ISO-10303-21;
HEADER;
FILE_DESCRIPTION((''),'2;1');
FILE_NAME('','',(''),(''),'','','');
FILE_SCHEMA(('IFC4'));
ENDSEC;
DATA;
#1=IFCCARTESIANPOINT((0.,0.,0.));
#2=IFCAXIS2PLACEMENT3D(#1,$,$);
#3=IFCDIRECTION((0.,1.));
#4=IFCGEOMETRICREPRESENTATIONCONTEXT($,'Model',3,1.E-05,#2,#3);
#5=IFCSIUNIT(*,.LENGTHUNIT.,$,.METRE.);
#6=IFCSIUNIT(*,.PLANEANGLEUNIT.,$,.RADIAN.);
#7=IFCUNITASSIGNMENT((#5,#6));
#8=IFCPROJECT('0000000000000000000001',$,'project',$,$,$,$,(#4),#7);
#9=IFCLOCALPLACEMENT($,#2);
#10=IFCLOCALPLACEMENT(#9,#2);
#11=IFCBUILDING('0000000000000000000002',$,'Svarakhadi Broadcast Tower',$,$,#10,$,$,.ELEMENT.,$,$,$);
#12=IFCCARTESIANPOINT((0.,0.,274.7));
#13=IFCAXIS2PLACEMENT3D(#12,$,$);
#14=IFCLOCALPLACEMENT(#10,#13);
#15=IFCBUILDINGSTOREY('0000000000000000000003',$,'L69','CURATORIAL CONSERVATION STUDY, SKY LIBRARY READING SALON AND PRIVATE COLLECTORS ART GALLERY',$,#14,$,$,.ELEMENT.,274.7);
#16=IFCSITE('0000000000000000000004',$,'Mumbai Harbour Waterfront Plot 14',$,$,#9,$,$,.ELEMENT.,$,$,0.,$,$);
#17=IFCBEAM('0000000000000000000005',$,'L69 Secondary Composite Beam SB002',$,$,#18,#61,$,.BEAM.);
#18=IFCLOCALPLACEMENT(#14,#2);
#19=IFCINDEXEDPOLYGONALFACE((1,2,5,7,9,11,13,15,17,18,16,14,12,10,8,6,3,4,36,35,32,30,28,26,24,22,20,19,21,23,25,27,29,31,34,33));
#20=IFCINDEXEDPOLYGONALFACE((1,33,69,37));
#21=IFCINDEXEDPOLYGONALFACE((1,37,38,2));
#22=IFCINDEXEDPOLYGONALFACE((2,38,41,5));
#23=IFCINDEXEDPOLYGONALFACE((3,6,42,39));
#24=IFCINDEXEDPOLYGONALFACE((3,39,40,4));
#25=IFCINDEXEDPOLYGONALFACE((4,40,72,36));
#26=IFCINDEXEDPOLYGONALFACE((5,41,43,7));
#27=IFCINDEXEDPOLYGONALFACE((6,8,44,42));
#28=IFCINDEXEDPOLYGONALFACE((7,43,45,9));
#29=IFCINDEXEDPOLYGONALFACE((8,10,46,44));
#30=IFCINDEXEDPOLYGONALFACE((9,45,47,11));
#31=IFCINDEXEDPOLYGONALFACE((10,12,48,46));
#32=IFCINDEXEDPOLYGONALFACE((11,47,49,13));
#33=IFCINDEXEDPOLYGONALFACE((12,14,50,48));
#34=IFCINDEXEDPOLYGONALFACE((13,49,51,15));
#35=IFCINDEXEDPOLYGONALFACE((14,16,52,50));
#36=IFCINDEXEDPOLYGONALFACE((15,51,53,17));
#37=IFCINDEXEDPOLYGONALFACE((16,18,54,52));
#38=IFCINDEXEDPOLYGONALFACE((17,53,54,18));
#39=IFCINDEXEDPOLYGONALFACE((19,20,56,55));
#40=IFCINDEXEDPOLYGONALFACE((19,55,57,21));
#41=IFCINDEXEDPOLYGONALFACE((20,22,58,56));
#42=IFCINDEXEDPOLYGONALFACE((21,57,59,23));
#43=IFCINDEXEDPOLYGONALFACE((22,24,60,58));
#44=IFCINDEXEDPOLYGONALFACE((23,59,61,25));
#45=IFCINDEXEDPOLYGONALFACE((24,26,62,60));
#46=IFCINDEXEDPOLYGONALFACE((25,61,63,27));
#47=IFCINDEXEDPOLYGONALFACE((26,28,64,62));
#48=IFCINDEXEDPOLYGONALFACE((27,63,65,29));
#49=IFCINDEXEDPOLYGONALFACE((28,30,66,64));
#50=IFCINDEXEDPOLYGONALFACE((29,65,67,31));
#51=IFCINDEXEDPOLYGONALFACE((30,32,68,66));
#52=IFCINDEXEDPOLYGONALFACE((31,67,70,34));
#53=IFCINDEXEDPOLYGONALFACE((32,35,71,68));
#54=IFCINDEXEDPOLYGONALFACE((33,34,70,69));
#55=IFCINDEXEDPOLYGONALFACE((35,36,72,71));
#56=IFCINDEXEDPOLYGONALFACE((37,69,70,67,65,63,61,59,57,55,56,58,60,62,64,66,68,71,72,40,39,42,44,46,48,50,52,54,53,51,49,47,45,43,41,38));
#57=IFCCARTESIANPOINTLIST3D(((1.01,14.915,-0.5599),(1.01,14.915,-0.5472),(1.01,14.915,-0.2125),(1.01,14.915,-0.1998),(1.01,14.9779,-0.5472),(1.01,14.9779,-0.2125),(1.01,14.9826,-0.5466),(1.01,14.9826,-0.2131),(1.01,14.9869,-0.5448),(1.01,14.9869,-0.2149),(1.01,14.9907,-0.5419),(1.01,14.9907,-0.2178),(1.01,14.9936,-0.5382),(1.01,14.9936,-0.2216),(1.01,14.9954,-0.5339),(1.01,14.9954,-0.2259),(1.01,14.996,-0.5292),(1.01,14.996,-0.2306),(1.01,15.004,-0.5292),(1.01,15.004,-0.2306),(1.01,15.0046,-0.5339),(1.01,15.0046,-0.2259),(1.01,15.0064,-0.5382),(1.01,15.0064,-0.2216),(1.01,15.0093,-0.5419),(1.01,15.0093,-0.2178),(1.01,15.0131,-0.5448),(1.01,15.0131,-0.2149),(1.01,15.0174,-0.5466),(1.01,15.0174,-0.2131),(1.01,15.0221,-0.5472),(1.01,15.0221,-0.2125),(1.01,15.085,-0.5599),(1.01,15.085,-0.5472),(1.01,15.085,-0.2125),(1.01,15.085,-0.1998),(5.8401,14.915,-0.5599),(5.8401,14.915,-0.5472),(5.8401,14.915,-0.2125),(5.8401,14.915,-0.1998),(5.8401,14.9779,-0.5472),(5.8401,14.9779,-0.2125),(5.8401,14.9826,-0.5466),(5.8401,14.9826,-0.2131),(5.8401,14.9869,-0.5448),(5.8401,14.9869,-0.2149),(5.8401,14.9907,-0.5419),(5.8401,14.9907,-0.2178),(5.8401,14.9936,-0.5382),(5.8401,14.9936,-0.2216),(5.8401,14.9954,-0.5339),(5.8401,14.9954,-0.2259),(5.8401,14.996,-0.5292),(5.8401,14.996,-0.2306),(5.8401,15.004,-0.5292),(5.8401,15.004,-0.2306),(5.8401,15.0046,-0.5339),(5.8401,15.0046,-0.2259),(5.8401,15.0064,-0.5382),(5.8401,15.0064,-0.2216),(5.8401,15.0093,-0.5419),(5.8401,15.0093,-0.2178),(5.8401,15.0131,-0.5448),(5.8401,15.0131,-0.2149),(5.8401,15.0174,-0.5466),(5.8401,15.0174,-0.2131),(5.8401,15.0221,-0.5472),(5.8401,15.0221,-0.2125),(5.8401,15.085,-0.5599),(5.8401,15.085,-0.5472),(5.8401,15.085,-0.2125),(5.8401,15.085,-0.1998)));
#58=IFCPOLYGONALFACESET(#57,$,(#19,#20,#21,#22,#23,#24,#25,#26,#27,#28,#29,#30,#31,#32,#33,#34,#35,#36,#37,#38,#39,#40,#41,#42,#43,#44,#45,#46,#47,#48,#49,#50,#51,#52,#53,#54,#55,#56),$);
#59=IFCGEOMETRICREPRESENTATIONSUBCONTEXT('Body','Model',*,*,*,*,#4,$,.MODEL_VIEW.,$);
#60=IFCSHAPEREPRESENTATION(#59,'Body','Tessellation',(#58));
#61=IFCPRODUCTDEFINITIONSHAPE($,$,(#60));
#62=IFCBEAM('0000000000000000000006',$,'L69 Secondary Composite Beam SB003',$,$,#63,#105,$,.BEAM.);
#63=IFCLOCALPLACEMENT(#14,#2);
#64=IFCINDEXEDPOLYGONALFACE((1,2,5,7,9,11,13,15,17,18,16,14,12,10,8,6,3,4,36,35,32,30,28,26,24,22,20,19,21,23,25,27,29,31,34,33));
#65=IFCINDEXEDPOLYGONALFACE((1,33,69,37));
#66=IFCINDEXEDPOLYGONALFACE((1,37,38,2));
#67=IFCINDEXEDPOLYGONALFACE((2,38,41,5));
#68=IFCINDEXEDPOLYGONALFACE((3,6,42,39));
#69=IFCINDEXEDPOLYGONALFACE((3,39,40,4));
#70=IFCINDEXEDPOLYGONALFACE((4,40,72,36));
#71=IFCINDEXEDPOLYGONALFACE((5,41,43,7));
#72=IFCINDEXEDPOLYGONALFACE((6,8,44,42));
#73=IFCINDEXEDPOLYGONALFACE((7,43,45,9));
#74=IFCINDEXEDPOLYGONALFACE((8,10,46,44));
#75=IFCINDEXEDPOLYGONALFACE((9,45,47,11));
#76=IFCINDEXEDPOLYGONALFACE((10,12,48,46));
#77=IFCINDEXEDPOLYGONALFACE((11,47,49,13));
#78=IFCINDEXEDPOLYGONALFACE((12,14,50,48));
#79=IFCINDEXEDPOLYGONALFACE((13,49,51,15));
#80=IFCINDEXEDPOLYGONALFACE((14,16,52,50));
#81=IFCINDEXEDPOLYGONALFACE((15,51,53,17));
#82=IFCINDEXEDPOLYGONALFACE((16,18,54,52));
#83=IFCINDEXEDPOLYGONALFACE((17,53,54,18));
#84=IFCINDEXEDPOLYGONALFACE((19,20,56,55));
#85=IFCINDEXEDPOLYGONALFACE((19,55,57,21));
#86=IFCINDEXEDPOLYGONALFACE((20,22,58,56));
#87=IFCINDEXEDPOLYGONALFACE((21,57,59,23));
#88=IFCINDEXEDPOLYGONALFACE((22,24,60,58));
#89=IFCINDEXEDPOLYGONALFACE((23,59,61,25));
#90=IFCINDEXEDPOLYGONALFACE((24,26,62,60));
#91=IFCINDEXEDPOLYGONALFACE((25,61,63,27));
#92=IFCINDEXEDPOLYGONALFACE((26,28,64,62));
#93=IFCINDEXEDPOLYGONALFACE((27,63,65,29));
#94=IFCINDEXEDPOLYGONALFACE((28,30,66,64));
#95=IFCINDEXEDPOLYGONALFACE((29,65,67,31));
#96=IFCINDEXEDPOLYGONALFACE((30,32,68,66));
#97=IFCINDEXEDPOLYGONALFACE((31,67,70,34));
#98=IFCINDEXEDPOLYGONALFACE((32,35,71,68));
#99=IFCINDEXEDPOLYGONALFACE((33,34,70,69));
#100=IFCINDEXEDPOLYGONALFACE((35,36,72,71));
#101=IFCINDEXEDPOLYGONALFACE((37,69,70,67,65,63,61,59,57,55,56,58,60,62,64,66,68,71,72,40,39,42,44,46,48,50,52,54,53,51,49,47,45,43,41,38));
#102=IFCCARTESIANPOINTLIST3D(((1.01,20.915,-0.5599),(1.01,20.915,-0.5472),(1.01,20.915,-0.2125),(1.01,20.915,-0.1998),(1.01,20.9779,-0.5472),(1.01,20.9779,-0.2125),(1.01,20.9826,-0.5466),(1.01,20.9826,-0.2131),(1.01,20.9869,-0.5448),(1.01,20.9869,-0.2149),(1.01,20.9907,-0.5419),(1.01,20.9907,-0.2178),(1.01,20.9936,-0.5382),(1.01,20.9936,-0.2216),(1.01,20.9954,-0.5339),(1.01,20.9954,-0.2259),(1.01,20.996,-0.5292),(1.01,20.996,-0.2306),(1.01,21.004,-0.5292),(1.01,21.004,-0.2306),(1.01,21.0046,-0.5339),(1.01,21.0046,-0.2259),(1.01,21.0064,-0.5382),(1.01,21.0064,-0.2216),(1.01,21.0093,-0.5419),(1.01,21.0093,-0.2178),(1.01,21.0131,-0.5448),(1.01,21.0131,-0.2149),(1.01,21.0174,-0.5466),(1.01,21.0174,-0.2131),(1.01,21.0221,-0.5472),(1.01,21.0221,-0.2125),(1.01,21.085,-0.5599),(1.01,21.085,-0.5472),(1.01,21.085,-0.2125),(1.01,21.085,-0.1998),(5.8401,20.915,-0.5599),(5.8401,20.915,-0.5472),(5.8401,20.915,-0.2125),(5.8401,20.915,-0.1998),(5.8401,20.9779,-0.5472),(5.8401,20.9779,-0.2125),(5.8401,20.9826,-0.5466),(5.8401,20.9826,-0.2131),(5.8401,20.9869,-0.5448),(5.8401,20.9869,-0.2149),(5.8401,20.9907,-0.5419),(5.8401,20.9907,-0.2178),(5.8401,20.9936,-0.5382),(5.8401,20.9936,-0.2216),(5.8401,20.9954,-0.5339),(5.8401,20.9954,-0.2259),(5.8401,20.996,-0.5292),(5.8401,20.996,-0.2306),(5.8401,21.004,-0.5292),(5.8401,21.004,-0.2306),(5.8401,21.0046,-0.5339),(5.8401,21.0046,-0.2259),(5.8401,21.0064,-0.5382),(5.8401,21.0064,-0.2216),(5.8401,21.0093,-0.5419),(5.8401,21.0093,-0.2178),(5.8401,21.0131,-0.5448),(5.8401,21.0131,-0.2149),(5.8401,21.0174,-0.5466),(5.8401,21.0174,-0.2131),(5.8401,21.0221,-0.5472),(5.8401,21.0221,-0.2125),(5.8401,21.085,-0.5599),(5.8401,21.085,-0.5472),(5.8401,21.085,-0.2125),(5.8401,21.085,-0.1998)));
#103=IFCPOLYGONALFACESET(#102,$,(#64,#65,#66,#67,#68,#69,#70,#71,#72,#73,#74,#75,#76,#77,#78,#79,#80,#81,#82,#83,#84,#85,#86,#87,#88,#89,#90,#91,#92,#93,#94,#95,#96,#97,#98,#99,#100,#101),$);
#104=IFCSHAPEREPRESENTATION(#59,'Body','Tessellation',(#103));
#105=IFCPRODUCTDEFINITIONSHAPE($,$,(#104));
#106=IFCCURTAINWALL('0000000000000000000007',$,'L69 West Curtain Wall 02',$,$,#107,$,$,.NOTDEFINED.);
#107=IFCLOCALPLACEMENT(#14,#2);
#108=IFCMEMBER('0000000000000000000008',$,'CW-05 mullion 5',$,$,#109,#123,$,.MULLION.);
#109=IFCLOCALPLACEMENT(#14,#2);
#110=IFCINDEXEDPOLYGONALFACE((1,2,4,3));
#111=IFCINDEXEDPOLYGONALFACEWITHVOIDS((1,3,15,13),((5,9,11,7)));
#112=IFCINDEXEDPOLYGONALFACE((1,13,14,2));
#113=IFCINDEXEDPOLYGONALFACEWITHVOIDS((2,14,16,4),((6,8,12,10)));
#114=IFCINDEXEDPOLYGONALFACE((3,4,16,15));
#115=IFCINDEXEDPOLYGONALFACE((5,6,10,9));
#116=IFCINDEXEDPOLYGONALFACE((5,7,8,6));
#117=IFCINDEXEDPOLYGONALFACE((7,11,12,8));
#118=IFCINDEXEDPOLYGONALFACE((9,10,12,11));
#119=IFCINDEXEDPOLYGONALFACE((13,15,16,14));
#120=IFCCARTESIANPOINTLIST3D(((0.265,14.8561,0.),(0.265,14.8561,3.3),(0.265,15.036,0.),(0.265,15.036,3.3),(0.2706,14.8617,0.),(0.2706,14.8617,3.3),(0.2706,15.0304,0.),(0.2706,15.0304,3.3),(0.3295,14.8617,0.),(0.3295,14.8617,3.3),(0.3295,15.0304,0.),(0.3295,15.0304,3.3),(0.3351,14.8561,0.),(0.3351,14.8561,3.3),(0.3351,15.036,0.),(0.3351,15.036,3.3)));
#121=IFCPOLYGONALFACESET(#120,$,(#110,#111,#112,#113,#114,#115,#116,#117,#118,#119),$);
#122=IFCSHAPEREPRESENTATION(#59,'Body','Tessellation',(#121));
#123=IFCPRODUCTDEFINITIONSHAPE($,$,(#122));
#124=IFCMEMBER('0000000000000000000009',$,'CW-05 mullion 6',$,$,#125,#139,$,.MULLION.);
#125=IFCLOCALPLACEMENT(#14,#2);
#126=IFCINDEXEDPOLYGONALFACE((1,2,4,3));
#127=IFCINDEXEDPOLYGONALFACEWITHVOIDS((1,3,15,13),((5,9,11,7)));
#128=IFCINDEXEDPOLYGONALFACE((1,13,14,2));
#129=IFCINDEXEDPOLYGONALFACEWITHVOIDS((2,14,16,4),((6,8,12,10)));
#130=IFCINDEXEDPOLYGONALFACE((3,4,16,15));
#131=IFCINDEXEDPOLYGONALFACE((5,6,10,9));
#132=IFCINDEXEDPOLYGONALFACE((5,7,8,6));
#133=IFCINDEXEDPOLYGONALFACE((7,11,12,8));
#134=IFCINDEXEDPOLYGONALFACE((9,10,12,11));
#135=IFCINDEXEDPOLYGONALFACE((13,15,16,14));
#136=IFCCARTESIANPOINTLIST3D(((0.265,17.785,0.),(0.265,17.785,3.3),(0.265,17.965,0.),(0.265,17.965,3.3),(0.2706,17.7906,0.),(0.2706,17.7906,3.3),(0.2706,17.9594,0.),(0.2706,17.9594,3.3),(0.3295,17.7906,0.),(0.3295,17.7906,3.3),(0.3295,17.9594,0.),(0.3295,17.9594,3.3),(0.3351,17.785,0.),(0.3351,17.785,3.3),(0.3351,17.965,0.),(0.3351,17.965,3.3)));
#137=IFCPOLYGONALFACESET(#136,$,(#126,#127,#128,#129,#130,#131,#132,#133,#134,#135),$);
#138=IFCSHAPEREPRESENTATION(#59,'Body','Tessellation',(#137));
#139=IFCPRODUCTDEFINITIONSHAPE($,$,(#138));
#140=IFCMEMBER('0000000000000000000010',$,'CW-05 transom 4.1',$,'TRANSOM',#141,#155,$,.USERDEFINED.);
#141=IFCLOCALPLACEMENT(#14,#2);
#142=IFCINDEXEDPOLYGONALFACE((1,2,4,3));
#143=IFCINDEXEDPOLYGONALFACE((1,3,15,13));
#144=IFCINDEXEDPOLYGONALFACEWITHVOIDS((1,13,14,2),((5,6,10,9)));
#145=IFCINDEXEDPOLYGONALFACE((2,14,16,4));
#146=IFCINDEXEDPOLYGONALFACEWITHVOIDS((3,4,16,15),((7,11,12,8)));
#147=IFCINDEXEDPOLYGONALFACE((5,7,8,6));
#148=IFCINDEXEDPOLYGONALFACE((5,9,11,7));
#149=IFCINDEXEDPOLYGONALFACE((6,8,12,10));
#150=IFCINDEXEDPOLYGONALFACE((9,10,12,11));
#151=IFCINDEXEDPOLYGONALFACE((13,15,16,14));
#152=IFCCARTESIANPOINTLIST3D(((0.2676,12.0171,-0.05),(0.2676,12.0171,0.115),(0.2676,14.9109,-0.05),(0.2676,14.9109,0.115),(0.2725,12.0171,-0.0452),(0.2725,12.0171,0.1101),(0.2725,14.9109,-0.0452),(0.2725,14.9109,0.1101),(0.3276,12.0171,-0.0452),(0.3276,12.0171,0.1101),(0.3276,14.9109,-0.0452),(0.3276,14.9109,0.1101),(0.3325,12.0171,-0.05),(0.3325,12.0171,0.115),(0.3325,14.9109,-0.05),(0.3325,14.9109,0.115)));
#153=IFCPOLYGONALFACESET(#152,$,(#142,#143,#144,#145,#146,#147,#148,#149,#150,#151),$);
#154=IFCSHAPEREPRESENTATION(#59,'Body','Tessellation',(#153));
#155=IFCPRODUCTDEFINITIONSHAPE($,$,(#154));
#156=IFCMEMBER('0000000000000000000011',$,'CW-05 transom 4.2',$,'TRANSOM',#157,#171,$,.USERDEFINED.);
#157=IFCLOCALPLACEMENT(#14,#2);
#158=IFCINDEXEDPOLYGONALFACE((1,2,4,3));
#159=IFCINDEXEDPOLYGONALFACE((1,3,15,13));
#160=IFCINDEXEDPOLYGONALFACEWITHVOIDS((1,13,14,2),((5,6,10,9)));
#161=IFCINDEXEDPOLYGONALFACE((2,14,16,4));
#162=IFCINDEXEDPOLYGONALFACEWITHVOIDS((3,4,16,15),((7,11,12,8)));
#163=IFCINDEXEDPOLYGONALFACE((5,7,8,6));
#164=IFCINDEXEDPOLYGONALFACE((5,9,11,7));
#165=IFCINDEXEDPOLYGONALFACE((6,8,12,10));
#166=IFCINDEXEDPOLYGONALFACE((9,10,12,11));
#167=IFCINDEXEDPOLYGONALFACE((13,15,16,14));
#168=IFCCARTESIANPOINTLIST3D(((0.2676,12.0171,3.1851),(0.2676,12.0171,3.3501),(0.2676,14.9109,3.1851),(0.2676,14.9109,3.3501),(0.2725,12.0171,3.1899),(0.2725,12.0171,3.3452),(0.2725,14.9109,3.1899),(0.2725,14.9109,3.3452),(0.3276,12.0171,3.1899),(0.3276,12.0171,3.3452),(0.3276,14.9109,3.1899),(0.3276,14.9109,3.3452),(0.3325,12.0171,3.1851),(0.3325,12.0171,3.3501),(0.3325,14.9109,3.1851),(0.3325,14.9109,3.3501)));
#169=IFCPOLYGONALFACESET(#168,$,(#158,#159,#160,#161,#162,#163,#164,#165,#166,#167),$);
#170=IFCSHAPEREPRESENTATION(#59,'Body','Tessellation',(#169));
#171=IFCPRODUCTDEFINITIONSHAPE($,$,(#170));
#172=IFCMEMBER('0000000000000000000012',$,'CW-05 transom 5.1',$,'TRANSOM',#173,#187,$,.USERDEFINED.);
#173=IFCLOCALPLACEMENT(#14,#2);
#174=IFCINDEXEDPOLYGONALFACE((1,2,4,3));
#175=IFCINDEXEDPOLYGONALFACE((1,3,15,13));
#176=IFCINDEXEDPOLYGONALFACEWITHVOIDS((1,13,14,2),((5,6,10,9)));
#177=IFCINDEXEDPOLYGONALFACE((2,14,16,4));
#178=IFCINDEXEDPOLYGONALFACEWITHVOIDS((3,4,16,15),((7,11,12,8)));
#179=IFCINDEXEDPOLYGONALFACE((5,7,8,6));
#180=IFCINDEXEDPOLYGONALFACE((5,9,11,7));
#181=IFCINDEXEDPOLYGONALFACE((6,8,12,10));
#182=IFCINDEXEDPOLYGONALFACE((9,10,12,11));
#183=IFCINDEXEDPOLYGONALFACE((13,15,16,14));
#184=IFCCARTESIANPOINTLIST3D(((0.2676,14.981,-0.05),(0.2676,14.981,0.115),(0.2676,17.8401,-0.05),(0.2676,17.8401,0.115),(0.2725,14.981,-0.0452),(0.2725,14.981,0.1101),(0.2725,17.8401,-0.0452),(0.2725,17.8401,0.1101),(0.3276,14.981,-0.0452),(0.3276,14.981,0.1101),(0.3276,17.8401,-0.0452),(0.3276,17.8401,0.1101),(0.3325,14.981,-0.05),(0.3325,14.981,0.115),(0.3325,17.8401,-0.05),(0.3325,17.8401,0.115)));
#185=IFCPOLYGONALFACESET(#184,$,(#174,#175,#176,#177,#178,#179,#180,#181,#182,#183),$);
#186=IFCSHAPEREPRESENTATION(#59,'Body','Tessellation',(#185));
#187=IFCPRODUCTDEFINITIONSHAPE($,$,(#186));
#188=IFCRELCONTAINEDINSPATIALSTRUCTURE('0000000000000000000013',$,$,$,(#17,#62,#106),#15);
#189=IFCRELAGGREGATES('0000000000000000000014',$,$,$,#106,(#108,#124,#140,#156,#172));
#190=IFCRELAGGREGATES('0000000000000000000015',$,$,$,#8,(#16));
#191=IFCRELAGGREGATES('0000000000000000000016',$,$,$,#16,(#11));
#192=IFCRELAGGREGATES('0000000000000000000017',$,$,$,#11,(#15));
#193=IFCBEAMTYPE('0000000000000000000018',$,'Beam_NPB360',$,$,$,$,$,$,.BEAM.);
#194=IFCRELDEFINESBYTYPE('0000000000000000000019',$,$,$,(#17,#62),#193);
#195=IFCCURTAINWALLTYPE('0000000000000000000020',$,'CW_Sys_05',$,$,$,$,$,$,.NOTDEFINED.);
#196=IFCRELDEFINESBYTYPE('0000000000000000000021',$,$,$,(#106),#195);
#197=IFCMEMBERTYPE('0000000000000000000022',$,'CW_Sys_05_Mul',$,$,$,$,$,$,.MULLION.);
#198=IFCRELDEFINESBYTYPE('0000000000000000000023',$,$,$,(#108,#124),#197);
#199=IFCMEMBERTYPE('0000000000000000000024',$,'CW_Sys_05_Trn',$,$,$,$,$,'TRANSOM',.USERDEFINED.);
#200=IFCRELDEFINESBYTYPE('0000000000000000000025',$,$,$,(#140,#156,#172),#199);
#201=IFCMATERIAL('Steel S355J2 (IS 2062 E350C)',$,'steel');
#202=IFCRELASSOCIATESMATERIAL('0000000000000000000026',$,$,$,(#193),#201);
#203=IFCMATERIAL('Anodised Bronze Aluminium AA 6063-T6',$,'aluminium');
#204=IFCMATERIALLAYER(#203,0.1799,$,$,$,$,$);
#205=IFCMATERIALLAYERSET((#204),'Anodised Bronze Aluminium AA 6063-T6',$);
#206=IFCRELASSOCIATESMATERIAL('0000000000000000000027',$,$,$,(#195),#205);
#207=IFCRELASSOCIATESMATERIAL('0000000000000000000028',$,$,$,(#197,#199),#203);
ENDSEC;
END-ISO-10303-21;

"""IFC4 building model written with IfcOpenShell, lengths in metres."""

from ifc_helpers import new_model, si_unit, direction, frame, origin, origin_2d, place, context, subcontext, project, spatial, hollow_rectangle, i_section, extrude, material, layer, layer_set, material_profile, profile_set, type_object, element, aggregate, save


model = new_model("IFC4")

# Units and contexts
model_context = context("Model", 3, precision=1e-05, world=origin(), true_north=direction((0.0, 1.0)))
body_context = subcontext(model_context, "Body", "Model", "MODEL_VIEW")
ifc_project = project(units=[si_unit("LENGTHUNIT", "METRE"), si_unit("PLANEANGLEUNIT", "RADIAN")], contexts=[model_context])

# Site, building, storey
site_placement = place(None, origin())
site = spatial("IfcSite", under=ifc_project, at=site_placement, Name="Mumbai Harbour Waterfront Plot 14", CompositionType="ELEMENT", RefElevation=0.0)
building_placement = place(site_placement, origin())
building = spatial("IfcBuilding", under=site, at=building_placement, Name="Svarakhadi Broadcast Tower", CompositionType="ELEMENT")
storey_placement = place(building_placement, frame((0.0, 0.0, 274.7)))
storey = spatial("IfcBuildingStorey", under=building, at=storey_placement, Name="L69", Description="CURATORIAL CONSERVATION STUDY, SKY LIBRARY READING SALON AND PRIVATE COLLECTORS ART GALLERY", CompositionType="ELEMENT", Elevation=274.7)

# Beams
ifc_material_1 = material(Name="Steel S355J2 (IS 2062 E350C)", Category="steel")
ifc_material_profile_1 = material_profile(ifc_material_1, i_section(OverallWidth=0.1699, OverallDepth=0.3601, WebThickness=0.0081, FlangeThickness=0.0127, FilletRadius=0.0181, at=origin_2d()), Name="NPB 360x170x57")
ifc_profile_set_1 = profile_set([ifc_material_profile_1], Name="Steel S355J2 (IS 2062 E350C)")
beam_type_1 = type_object("IfcBeamType", Name="Beam_NPB360", PredefinedType="BEAM", material=ifc_profile_set_1)
for number, where, z_axis, x_axis, name in (
    (1, (1.01, 15.0, -0.3799), (1.0, 0.0, 0.0), (0.0, 1.0, 0.0), "L69 Secondary Composite Beam SB002"),
    (2, (1.01, 21.0, -0.3799), (1.0, 0.0, 0.0), (0.0, 1.0, 0.0), "L69 Secondary Composite Beam SB003"),
):
    element("IfcBeam", number, at=place(storey_placement, frame(where, z_axis=z_axis, x_axis=x_axis)), inside=storey, type_object=beam_type_1, Name=name, PredefinedType="BEAM", context=body_context, shape_type="SweptSolid", body=[
        extrude(i_section(OverallWidth=0.1699, OverallDepth=0.3601, WebThickness=0.0081, FlangeThickness=0.0127, FilletRadius=0.0181, at=origin_2d()), origin(), (0.0, 0.0, 1.0), 4.8301),
    ])

# Curtain wall, members
ifc_material_2 = material(Name="Anodised Bronze Aluminium AA 6063-T6", Category="aluminium")
ifc_layer_1 = layer(ifc_material_2, 0.1799)
ifc_layer_set_1 = layer_set([ifc_layer_1], Name="Anodised Bronze Aluminium AA 6063-T6")
curtain_wall_type = type_object("IfcCurtainWallType", Name="CW_Sys_05", PredefinedType="NOTDEFINED", material=ifc_layer_set_1)
curtain_wall_placement = place(storey_placement, origin())
curtain_wall = element("IfcCurtainWall", 3, at=curtain_wall_placement, inside=storey, type_object=curtain_wall_type, Name="L69 West Curtain Wall 02", PredefinedType="NOTDEFINED")
ifc_material_profile_2 = material_profile(ifc_material_2, hollow_rectangle(XDim=0.0701, YDim=0.1799, WallThickness=0.0056, at=origin_2d()), Name="ALU MULLION 180x70x6")
ifc_profile_set_2 = profile_set([ifc_material_profile_2], Name="Anodised Bronze Aluminium AA 6063-T6")
member_type_1 = type_object("IfcMemberType", Name="CW_Sys_05_Mul", PredefinedType="MULLION", material=ifc_profile_set_2)
member_1_placement = place(storey_placement, frame((0.3, 14.946, 0.0), z_axis=(0.0, 0.0, 1.0), x_axis=(-1.0, 0.0, 0.0)))
member_1 = element("IfcMember", 4, at=member_1_placement, type_object=member_type_1, Name="CW-05 mullion 5", PredefinedType="MULLION", context=body_context, shape_type="SweptSolid", body=[
    extrude(hollow_rectangle(XDim=0.0701, YDim=0.1799, WallThickness=0.0056, at=origin_2d()), origin(), (0.0, 0.0, 1.0), 3.3),
])
member_2_placement = place(storey_placement, frame((0.3, 17.875, 0.0), z_axis=(0.0, 0.0, 1.0), x_axis=(-1.0, 0.0, 0.0)))
member_2 = element("IfcMember", 5, at=member_2_placement, type_object=member_type_1, Name="CW-05 mullion 6", PredefinedType="MULLION", context=body_context, shape_type="SweptSolid", body=[
    extrude(hollow_rectangle(XDim=0.0701, YDim=0.1799, WallThickness=0.0056, at=origin_2d()), origin(), (0.0, 0.0, 1.0), 3.3),
])
ifc_material_profile_3 = material_profile(ifc_material_2, hollow_rectangle(XDim=0.0649, YDim=0.165, WallThickness=0.0049, at=origin_2d()), Name="ALU TRANSOM 165x65x5")
ifc_profile_set_3 = profile_set([ifc_material_profile_3], Name="Anodised Bronze Aluminium AA 6063-T6")
member_type_2 = type_object("IfcMemberType", Name="CW_Sys_05_Trn", ElementType="TRANSOM", PredefinedType="USERDEFINED", material=ifc_profile_set_3)
member_3_placement = place(storey_placement, frame((0.3, 12.0171, 0.0325), z_axis=(0.0, 1.0, 0.0), x_axis=(-1.0, 0.0, 0.0)))
member_3 = element("IfcMember", 6, at=member_3_placement, type_object=member_type_2, Name="CW-05 transom 4.1", ObjectType="TRANSOM", PredefinedType="USERDEFINED", context=body_context, shape_type="SweptSolid", body=[
    extrude(hollow_rectangle(XDim=0.0649, YDim=0.165, WallThickness=0.0049, at=origin_2d()), origin(), (0.0, 0.0, 1.0), 2.8938),
])
member_4_placement = place(storey_placement, frame((0.3, 12.0171, 3.2676), z_axis=(0.0, 1.0, 0.0), x_axis=(-1.0, 0.0, 0.0)))
member_4 = element("IfcMember", 7, at=member_4_placement, type_object=member_type_2, Name="CW-05 transom 4.2", ObjectType="TRANSOM", PredefinedType="USERDEFINED", context=body_context, shape_type="SweptSolid", body=[
    extrude(hollow_rectangle(XDim=0.0649, YDim=0.165, WallThickness=0.0049, at=origin_2d()), origin(), (0.0, 0.0, 1.0), 2.8938),
])
member_5_placement = place(storey_placement, frame((0.3, 14.981, 0.0325), z_axis=(0.0, 1.0, 0.0), x_axis=(-1.0, 0.0, 0.0)))
member_5 = element("IfcMember", 8, at=member_5_placement, type_object=member_type_2, Name="CW-05 transom 5.1", ObjectType="TRANSOM", PredefinedType="USERDEFINED", context=body_context, shape_type="SweptSolid", body=[
    extrude(hollow_rectangle(XDim=0.0649, YDim=0.165, WallThickness=0.0049, at=origin_2d()), origin(), (0.0, 0.0, 1.0), 2.8591),
])

aggregate(curtain_wall, [member_1, member_2, member_3, member_4, member_5])

save(model, "model.ifc")
